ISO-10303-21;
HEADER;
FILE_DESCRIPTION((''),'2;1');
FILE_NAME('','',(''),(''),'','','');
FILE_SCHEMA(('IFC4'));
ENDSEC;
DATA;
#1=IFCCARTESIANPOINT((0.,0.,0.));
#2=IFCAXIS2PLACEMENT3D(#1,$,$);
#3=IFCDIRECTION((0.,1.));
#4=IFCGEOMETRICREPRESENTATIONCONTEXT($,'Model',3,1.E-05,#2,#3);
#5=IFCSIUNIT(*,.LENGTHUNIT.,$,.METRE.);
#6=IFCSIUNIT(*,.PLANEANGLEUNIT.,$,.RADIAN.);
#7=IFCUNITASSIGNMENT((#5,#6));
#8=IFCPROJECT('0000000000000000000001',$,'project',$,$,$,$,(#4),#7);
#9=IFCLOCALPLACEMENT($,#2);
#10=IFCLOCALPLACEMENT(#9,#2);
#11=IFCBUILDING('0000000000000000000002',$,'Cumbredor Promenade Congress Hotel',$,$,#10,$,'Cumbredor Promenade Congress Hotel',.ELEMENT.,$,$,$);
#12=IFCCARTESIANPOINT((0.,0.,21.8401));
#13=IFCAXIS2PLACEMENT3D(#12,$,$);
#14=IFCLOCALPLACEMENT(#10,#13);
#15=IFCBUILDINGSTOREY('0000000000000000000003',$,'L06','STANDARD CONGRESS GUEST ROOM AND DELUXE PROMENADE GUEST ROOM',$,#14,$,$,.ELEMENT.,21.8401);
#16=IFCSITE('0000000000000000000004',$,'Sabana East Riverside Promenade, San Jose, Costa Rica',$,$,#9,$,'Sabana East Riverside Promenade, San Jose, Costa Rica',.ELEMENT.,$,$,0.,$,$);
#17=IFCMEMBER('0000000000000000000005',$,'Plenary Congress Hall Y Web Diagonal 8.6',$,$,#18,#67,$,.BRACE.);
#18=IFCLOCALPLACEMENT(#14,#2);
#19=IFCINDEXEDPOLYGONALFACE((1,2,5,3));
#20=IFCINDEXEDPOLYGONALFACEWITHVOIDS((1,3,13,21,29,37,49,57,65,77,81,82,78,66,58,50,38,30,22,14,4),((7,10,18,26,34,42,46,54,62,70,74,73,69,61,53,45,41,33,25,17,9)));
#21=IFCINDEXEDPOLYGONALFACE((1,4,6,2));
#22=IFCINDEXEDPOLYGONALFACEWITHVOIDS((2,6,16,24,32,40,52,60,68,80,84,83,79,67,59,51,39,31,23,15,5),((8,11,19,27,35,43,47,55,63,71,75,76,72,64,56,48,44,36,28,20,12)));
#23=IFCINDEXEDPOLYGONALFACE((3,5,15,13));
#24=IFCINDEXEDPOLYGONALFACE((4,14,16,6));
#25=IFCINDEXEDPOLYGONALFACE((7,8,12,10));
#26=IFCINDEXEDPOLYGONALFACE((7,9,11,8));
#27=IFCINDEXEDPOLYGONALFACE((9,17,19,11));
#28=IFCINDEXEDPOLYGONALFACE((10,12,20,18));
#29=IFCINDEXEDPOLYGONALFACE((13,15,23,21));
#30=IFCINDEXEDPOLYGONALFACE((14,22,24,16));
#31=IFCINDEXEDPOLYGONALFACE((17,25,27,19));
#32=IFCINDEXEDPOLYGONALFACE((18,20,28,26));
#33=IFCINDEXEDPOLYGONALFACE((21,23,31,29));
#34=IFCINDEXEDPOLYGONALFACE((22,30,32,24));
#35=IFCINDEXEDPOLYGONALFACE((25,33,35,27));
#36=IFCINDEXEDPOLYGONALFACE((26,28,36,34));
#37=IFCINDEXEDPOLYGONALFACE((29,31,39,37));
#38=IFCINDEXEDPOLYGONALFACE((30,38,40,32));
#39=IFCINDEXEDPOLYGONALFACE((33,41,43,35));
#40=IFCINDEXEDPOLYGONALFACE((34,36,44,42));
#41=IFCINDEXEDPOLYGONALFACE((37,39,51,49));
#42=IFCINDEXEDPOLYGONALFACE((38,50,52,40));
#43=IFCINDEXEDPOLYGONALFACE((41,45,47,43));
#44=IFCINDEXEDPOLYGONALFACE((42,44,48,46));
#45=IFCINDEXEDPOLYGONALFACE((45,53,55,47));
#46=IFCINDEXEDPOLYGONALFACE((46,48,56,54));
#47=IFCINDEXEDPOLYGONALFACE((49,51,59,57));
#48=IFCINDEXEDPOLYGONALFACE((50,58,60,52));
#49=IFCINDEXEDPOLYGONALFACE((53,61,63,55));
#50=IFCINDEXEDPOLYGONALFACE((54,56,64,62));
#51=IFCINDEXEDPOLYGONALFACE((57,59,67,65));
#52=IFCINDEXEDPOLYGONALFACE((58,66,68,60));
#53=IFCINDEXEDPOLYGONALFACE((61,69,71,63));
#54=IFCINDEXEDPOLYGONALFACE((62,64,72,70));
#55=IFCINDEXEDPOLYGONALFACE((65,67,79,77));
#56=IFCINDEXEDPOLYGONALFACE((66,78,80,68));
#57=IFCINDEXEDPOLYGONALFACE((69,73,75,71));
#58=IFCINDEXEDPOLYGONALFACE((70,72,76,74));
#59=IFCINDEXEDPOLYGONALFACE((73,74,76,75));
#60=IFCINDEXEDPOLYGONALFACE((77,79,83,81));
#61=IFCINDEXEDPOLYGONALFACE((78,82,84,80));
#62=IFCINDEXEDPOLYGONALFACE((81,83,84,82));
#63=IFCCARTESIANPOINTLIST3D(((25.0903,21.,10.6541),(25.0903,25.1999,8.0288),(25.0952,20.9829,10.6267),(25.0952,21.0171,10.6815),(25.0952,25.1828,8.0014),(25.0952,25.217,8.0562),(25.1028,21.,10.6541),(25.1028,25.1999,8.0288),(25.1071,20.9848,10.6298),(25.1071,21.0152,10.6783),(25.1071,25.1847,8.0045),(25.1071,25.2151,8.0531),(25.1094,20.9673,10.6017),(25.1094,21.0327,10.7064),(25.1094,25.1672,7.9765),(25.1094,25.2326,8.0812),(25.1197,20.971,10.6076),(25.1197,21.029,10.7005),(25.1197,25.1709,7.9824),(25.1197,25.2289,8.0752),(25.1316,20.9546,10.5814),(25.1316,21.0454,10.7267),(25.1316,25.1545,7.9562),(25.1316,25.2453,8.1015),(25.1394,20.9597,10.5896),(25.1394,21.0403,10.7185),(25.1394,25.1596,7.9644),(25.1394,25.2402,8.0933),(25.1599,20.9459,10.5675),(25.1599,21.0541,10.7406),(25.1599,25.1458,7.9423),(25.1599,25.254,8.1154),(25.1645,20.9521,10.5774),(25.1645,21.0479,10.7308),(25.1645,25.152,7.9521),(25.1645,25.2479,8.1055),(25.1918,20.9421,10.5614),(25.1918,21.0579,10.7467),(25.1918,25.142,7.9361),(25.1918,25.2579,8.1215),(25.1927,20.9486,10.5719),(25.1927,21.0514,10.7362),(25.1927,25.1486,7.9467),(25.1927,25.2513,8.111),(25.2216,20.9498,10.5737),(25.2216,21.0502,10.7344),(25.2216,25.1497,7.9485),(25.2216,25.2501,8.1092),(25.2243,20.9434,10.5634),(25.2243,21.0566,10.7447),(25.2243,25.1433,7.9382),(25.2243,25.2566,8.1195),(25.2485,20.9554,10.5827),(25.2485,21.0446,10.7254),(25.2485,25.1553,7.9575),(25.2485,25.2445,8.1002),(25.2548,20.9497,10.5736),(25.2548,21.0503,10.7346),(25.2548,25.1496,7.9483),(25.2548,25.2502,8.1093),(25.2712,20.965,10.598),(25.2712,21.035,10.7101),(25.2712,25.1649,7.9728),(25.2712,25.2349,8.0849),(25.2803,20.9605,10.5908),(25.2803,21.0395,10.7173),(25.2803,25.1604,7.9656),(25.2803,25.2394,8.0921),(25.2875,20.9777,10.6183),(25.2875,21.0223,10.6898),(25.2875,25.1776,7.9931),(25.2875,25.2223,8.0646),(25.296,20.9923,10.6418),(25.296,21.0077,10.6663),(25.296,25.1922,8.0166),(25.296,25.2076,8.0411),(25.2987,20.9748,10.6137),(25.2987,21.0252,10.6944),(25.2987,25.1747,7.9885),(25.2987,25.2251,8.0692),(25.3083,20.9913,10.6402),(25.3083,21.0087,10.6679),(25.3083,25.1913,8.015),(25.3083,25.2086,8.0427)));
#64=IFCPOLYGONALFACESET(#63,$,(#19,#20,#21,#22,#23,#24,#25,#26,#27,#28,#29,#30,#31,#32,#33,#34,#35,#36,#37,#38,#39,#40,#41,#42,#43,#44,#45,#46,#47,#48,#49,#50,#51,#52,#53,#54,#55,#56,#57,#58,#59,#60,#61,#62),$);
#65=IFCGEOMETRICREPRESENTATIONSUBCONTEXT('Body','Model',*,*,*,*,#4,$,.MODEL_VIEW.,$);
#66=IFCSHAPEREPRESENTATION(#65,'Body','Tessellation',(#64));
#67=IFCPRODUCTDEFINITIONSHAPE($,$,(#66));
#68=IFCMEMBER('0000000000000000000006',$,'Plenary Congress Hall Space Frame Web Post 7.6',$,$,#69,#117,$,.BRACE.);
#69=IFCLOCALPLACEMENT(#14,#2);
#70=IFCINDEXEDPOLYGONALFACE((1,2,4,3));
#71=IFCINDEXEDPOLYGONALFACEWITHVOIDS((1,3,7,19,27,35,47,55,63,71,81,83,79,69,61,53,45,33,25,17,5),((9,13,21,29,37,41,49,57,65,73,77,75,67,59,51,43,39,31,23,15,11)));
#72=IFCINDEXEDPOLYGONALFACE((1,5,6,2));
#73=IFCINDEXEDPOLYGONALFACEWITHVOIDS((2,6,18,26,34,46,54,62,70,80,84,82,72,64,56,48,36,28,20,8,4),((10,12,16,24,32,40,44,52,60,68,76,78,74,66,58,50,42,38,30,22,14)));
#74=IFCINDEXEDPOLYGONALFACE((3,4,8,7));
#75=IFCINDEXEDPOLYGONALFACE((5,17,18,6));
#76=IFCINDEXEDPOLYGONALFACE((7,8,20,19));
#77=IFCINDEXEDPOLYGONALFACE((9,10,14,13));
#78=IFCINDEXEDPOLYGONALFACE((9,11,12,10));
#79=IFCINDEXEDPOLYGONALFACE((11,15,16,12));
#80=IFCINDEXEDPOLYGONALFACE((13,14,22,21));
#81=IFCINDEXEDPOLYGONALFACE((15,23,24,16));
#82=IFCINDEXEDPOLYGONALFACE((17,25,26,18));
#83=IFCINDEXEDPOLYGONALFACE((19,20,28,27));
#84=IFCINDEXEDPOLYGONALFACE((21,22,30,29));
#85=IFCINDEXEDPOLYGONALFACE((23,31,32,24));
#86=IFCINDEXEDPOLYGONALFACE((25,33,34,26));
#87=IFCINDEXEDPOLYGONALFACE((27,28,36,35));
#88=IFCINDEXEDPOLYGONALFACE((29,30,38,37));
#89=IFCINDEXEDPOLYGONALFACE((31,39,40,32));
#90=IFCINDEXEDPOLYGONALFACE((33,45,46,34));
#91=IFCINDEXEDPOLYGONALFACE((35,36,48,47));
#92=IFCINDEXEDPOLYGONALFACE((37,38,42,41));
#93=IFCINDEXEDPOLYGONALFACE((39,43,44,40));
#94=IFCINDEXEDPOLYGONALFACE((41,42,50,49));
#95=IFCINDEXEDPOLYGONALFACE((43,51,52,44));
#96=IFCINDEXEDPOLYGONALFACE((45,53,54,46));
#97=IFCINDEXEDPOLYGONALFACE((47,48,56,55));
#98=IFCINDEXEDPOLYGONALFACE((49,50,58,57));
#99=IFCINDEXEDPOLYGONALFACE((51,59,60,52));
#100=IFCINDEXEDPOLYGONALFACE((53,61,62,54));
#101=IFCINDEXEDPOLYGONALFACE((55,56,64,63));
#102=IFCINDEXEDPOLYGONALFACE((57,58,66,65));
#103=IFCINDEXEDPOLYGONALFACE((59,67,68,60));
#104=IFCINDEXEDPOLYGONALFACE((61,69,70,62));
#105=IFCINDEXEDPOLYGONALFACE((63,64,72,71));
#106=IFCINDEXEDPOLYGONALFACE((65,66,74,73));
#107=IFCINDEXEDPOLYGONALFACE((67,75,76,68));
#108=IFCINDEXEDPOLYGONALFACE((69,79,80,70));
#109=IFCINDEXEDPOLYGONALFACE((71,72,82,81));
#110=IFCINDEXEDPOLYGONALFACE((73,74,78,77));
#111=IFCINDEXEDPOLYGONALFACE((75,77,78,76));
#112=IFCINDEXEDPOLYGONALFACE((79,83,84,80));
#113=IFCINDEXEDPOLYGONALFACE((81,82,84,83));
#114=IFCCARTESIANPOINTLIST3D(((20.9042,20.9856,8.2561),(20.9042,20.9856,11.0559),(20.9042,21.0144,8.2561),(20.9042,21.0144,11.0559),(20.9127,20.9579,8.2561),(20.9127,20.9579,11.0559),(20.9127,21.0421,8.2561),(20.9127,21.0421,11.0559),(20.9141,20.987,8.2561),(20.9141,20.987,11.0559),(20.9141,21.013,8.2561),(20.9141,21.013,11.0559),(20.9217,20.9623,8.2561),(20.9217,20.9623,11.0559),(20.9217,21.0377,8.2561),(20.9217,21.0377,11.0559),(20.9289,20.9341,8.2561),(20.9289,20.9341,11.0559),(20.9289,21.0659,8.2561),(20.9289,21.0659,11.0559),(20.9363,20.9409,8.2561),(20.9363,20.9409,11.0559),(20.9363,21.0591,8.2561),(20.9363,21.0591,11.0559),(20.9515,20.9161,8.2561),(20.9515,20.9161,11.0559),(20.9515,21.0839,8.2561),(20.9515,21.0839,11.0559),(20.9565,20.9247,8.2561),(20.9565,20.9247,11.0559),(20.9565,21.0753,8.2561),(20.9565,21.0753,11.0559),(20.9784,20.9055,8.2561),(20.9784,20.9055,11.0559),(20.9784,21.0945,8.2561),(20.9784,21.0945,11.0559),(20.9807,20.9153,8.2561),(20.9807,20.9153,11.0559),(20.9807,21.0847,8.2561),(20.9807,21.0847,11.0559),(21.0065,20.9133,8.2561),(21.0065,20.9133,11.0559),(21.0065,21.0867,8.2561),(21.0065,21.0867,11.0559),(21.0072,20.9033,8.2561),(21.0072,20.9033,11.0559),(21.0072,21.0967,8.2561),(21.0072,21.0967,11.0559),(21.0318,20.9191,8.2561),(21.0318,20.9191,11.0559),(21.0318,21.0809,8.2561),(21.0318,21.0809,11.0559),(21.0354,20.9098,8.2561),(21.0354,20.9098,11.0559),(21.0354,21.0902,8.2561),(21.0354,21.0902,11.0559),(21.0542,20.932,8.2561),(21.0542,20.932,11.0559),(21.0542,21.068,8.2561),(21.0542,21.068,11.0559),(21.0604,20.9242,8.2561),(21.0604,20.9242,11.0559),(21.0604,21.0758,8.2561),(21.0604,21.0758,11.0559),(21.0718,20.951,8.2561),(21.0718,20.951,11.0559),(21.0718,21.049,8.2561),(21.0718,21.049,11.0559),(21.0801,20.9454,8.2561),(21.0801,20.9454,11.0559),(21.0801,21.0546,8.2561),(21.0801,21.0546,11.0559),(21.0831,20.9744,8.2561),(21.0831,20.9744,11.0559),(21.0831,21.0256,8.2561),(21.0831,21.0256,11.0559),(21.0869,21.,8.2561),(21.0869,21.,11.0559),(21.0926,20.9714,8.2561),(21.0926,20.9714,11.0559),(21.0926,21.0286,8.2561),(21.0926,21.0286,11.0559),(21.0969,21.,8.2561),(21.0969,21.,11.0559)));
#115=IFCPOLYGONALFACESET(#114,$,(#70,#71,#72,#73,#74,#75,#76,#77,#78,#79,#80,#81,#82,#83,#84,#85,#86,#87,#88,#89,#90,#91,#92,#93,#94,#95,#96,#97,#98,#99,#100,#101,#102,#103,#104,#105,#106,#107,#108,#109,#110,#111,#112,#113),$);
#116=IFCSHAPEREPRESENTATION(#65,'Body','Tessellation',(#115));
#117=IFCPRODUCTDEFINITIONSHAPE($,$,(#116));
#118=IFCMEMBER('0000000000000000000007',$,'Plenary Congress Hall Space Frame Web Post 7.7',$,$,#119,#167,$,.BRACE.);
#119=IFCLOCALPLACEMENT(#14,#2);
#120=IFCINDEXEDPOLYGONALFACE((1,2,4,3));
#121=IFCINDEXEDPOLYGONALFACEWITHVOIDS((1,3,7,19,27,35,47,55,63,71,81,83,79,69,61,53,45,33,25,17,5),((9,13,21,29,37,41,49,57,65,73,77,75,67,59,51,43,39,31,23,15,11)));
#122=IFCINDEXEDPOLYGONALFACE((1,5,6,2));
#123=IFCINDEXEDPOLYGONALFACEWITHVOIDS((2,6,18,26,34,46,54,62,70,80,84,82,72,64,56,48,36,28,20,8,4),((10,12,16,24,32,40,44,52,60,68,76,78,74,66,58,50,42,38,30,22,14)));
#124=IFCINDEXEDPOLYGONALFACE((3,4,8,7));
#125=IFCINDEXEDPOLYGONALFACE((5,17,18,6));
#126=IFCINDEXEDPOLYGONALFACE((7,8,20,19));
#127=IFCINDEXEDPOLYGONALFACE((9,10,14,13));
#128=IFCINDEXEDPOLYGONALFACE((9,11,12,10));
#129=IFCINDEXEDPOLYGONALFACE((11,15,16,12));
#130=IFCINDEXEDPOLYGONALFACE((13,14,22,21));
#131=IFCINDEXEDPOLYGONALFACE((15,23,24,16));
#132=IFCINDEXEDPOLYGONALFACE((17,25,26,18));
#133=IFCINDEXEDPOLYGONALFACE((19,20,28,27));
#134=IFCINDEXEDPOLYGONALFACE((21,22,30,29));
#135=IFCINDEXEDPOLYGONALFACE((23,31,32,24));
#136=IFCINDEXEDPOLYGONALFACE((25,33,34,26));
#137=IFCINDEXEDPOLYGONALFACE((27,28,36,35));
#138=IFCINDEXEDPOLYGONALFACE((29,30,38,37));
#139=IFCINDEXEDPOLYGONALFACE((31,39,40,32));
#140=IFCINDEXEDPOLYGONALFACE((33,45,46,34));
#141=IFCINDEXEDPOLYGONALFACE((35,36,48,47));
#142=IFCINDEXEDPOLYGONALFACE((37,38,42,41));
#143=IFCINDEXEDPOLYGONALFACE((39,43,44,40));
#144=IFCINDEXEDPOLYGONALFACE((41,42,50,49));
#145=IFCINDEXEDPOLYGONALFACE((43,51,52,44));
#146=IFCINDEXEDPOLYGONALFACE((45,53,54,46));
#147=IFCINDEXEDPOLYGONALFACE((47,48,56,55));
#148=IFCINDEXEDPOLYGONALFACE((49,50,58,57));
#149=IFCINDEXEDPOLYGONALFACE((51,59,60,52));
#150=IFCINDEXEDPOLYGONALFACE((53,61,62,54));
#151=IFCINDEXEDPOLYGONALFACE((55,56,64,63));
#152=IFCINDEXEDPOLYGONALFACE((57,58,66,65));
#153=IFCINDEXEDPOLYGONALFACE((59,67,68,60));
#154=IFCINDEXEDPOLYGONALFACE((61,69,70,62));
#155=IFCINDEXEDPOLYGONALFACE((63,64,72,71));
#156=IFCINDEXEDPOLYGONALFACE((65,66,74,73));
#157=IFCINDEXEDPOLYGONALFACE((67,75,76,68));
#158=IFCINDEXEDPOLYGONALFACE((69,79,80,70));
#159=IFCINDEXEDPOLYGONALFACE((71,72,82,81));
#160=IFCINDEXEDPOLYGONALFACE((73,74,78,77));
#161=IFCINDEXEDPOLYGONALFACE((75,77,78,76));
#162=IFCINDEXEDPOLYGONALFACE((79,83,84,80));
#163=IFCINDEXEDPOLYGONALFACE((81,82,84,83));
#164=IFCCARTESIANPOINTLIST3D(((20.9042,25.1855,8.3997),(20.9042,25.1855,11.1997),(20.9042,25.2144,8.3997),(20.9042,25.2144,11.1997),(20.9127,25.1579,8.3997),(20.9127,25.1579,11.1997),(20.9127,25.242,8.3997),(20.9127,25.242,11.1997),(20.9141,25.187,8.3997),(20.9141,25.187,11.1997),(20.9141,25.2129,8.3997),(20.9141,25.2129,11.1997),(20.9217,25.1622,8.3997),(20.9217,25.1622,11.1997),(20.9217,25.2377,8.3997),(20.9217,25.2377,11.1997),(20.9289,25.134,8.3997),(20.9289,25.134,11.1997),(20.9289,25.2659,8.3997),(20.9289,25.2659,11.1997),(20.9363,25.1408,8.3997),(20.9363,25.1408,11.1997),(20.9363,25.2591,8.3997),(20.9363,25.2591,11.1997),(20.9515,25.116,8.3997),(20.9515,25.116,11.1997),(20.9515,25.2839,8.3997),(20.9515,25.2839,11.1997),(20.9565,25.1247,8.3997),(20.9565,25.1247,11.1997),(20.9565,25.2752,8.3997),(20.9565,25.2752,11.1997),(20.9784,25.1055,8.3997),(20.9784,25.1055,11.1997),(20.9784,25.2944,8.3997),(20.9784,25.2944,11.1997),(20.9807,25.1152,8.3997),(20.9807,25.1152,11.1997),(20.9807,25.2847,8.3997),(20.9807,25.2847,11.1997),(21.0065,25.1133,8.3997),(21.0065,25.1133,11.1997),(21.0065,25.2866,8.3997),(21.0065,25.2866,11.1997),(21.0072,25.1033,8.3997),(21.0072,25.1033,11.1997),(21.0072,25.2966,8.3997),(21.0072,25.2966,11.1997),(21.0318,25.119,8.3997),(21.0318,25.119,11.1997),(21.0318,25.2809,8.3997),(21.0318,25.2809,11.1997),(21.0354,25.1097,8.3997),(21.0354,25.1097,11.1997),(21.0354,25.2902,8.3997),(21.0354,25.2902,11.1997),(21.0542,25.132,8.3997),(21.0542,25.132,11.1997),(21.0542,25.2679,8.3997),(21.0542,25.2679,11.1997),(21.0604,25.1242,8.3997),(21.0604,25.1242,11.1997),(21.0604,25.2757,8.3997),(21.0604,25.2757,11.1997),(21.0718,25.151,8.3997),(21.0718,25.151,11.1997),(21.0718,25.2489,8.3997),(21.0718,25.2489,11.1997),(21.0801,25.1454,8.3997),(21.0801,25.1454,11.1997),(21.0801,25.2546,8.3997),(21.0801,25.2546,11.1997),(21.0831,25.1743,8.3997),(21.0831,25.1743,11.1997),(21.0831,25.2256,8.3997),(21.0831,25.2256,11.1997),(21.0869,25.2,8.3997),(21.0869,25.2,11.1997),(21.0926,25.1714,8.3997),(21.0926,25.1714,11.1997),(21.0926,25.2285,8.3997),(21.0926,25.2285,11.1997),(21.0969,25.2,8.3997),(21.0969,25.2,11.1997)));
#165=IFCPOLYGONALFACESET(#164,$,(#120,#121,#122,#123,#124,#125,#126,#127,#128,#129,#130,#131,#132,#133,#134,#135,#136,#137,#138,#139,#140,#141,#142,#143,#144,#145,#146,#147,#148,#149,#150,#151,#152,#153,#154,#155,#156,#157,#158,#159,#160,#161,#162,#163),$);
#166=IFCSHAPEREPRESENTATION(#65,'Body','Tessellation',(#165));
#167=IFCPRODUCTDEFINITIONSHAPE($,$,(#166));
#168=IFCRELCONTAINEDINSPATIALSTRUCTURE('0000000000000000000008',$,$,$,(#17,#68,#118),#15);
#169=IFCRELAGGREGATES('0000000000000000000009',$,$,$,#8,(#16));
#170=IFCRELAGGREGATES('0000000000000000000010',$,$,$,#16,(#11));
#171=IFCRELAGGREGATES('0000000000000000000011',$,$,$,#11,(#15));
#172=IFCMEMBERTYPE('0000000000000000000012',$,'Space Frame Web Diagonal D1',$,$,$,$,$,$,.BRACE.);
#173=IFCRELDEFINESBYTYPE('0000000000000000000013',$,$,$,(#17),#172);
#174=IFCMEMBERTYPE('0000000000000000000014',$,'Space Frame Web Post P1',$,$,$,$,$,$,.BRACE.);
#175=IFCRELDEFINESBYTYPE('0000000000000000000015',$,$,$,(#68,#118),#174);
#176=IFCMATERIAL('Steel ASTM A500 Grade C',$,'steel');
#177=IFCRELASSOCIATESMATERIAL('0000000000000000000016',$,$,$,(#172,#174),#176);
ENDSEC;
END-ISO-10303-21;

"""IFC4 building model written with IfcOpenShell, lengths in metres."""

from ifc_helpers import new_model, si_unit, direction, frame, origin, origin_2d, place, context, subcontext, project, spatial, hollow_circle, extrude, material, material_profile, profile_set, type_object, element, save


model = new_model("IFC4")

# Units and contexts
model_context = context("Model", 3, precision=1e-05, world=origin(), true_north=direction((0.0, 1.0)))
body_context = subcontext(model_context, "Body", "Model", "MODEL_VIEW")
ifc_project = project(units=[si_unit("LENGTHUNIT", "METRE"), si_unit("PLANEANGLEUNIT", "RADIAN")], contexts=[model_context])

# Site, building, storey
site_placement = place(None, origin())
site = spatial("IfcSite", under=ifc_project, at=site_placement, Name="Sabana East Riverside Promenade, San Jose, Costa Rica", LongName="Sabana East Riverside Promenade, San Jose, Costa Rica", CompositionType="ELEMENT", RefElevation=0.0)
building_placement = place(site_placement, origin())
building = spatial("IfcBuilding", under=site, at=building_placement, Name="Cumbredor Promenade Congress Hotel", LongName="Cumbredor Promenade Congress Hotel", CompositionType="ELEMENT")
storey_placement = place(building_placement, frame((0.0, 0.0, 21.8401)))
storey = spatial("IfcBuildingStorey", under=building, at=storey_placement, Name="L06", Description="STANDARD CONGRESS GUEST ROOM AND DELUXE PROMENADE GUEST ROOM", CompositionType="ELEMENT", Elevation=21.8401)

# Members
ifc_material_1 = material(Name="Steel ASTM A500 Grade C", Category="steel")
ifc_material_profile_1 = material_profile(ifc_material_1, hollow_circle(Radius=0.1096, WallThickness=0.0125, at=origin_2d()), Name="CHS 219.1x12.5")
ifc_profile_set_1 = profile_set([ifc_material_profile_1], Name="Steel ASTM A500 Grade C")
member_type_1 = type_object("IfcMemberType", Name="Space Frame Web Diagonal D1", PredefinedType="BRACE", material=ifc_profile_set_1)
member_1_placement = place(storey_placement, frame((25.2, 21.0, 10.6541), z_axis=(0.0, 0.847973, -0.530039), x_axis=(-1.0, 0.0, 0.0)))
element("IfcMember", 1, at=member_1_placement, inside=storey, type_object=member_type_1, Name="Plenary Congress Hall Y Web Diagonal 8.6", PredefinedType="BRACE", context=body_context, shape_type="SweptSolid", body=[
    extrude(hollow_circle(Radius=0.1096, WallThickness=0.0125, at=origin_2d()), origin(), (0.0, 0.0, 1.0), 4.9529),
])
ifc_material_profile_2 = material_profile(ifc_material_1, hollow_circle(Radius=0.0969, WallThickness=0.01, at=origin_2d()), Name="CHS 193.7x10")
ifc_profile_set_2 = profile_set([ifc_material_profile_2], Name="Steel ASTM A500 Grade C")
member_type_2 = type_object("IfcMemberType", Name="Space Frame Web Post P1", PredefinedType="BRACE", material=ifc_profile_set_2)
member_2_placement = place(storey_placement, frame((21.0, 21.0, 8.2561), z_axis=(0.0, 0.0, 1.0), x_axis=(1.0, 0.0, 0.0)))
element("IfcMember", 2, at=member_2_placement, inside=storey, type_object=member_type_2, Name="Plenary Congress Hall Space Frame Web Post 7.6", PredefinedType="BRACE", context=body_context, shape_type="SweptSolid", body=[
    extrude(hollow_circle(Radius=0.0969, WallThickness=0.01, at=origin_2d()), origin(), (0.0, 0.0, 1.0), 2.7998),
])
for number, where, z_axis, x_axis, name in (
    (3, (21.0, 25.2, 8.3997), (0.0, 0.0, 1.0), (1.0, 0.0, 0.0), "Plenary Congress Hall Space Frame Web Post 7.7"),
):
    element("IfcMember", number, at=place(storey_placement, frame(where, z_axis=z_axis, x_axis=x_axis)), inside=storey, type_object=member_type_2, Name=name, PredefinedType="BRACE", context=body_context, shape_type="SweptSolid", body=[
        extrude(hollow_circle(Radius=0.0969, WallThickness=0.01, at=origin_2d()), origin(), (0.0, 0.0, 1.0), 2.8),
    ])

save(model, "model.ifc")
